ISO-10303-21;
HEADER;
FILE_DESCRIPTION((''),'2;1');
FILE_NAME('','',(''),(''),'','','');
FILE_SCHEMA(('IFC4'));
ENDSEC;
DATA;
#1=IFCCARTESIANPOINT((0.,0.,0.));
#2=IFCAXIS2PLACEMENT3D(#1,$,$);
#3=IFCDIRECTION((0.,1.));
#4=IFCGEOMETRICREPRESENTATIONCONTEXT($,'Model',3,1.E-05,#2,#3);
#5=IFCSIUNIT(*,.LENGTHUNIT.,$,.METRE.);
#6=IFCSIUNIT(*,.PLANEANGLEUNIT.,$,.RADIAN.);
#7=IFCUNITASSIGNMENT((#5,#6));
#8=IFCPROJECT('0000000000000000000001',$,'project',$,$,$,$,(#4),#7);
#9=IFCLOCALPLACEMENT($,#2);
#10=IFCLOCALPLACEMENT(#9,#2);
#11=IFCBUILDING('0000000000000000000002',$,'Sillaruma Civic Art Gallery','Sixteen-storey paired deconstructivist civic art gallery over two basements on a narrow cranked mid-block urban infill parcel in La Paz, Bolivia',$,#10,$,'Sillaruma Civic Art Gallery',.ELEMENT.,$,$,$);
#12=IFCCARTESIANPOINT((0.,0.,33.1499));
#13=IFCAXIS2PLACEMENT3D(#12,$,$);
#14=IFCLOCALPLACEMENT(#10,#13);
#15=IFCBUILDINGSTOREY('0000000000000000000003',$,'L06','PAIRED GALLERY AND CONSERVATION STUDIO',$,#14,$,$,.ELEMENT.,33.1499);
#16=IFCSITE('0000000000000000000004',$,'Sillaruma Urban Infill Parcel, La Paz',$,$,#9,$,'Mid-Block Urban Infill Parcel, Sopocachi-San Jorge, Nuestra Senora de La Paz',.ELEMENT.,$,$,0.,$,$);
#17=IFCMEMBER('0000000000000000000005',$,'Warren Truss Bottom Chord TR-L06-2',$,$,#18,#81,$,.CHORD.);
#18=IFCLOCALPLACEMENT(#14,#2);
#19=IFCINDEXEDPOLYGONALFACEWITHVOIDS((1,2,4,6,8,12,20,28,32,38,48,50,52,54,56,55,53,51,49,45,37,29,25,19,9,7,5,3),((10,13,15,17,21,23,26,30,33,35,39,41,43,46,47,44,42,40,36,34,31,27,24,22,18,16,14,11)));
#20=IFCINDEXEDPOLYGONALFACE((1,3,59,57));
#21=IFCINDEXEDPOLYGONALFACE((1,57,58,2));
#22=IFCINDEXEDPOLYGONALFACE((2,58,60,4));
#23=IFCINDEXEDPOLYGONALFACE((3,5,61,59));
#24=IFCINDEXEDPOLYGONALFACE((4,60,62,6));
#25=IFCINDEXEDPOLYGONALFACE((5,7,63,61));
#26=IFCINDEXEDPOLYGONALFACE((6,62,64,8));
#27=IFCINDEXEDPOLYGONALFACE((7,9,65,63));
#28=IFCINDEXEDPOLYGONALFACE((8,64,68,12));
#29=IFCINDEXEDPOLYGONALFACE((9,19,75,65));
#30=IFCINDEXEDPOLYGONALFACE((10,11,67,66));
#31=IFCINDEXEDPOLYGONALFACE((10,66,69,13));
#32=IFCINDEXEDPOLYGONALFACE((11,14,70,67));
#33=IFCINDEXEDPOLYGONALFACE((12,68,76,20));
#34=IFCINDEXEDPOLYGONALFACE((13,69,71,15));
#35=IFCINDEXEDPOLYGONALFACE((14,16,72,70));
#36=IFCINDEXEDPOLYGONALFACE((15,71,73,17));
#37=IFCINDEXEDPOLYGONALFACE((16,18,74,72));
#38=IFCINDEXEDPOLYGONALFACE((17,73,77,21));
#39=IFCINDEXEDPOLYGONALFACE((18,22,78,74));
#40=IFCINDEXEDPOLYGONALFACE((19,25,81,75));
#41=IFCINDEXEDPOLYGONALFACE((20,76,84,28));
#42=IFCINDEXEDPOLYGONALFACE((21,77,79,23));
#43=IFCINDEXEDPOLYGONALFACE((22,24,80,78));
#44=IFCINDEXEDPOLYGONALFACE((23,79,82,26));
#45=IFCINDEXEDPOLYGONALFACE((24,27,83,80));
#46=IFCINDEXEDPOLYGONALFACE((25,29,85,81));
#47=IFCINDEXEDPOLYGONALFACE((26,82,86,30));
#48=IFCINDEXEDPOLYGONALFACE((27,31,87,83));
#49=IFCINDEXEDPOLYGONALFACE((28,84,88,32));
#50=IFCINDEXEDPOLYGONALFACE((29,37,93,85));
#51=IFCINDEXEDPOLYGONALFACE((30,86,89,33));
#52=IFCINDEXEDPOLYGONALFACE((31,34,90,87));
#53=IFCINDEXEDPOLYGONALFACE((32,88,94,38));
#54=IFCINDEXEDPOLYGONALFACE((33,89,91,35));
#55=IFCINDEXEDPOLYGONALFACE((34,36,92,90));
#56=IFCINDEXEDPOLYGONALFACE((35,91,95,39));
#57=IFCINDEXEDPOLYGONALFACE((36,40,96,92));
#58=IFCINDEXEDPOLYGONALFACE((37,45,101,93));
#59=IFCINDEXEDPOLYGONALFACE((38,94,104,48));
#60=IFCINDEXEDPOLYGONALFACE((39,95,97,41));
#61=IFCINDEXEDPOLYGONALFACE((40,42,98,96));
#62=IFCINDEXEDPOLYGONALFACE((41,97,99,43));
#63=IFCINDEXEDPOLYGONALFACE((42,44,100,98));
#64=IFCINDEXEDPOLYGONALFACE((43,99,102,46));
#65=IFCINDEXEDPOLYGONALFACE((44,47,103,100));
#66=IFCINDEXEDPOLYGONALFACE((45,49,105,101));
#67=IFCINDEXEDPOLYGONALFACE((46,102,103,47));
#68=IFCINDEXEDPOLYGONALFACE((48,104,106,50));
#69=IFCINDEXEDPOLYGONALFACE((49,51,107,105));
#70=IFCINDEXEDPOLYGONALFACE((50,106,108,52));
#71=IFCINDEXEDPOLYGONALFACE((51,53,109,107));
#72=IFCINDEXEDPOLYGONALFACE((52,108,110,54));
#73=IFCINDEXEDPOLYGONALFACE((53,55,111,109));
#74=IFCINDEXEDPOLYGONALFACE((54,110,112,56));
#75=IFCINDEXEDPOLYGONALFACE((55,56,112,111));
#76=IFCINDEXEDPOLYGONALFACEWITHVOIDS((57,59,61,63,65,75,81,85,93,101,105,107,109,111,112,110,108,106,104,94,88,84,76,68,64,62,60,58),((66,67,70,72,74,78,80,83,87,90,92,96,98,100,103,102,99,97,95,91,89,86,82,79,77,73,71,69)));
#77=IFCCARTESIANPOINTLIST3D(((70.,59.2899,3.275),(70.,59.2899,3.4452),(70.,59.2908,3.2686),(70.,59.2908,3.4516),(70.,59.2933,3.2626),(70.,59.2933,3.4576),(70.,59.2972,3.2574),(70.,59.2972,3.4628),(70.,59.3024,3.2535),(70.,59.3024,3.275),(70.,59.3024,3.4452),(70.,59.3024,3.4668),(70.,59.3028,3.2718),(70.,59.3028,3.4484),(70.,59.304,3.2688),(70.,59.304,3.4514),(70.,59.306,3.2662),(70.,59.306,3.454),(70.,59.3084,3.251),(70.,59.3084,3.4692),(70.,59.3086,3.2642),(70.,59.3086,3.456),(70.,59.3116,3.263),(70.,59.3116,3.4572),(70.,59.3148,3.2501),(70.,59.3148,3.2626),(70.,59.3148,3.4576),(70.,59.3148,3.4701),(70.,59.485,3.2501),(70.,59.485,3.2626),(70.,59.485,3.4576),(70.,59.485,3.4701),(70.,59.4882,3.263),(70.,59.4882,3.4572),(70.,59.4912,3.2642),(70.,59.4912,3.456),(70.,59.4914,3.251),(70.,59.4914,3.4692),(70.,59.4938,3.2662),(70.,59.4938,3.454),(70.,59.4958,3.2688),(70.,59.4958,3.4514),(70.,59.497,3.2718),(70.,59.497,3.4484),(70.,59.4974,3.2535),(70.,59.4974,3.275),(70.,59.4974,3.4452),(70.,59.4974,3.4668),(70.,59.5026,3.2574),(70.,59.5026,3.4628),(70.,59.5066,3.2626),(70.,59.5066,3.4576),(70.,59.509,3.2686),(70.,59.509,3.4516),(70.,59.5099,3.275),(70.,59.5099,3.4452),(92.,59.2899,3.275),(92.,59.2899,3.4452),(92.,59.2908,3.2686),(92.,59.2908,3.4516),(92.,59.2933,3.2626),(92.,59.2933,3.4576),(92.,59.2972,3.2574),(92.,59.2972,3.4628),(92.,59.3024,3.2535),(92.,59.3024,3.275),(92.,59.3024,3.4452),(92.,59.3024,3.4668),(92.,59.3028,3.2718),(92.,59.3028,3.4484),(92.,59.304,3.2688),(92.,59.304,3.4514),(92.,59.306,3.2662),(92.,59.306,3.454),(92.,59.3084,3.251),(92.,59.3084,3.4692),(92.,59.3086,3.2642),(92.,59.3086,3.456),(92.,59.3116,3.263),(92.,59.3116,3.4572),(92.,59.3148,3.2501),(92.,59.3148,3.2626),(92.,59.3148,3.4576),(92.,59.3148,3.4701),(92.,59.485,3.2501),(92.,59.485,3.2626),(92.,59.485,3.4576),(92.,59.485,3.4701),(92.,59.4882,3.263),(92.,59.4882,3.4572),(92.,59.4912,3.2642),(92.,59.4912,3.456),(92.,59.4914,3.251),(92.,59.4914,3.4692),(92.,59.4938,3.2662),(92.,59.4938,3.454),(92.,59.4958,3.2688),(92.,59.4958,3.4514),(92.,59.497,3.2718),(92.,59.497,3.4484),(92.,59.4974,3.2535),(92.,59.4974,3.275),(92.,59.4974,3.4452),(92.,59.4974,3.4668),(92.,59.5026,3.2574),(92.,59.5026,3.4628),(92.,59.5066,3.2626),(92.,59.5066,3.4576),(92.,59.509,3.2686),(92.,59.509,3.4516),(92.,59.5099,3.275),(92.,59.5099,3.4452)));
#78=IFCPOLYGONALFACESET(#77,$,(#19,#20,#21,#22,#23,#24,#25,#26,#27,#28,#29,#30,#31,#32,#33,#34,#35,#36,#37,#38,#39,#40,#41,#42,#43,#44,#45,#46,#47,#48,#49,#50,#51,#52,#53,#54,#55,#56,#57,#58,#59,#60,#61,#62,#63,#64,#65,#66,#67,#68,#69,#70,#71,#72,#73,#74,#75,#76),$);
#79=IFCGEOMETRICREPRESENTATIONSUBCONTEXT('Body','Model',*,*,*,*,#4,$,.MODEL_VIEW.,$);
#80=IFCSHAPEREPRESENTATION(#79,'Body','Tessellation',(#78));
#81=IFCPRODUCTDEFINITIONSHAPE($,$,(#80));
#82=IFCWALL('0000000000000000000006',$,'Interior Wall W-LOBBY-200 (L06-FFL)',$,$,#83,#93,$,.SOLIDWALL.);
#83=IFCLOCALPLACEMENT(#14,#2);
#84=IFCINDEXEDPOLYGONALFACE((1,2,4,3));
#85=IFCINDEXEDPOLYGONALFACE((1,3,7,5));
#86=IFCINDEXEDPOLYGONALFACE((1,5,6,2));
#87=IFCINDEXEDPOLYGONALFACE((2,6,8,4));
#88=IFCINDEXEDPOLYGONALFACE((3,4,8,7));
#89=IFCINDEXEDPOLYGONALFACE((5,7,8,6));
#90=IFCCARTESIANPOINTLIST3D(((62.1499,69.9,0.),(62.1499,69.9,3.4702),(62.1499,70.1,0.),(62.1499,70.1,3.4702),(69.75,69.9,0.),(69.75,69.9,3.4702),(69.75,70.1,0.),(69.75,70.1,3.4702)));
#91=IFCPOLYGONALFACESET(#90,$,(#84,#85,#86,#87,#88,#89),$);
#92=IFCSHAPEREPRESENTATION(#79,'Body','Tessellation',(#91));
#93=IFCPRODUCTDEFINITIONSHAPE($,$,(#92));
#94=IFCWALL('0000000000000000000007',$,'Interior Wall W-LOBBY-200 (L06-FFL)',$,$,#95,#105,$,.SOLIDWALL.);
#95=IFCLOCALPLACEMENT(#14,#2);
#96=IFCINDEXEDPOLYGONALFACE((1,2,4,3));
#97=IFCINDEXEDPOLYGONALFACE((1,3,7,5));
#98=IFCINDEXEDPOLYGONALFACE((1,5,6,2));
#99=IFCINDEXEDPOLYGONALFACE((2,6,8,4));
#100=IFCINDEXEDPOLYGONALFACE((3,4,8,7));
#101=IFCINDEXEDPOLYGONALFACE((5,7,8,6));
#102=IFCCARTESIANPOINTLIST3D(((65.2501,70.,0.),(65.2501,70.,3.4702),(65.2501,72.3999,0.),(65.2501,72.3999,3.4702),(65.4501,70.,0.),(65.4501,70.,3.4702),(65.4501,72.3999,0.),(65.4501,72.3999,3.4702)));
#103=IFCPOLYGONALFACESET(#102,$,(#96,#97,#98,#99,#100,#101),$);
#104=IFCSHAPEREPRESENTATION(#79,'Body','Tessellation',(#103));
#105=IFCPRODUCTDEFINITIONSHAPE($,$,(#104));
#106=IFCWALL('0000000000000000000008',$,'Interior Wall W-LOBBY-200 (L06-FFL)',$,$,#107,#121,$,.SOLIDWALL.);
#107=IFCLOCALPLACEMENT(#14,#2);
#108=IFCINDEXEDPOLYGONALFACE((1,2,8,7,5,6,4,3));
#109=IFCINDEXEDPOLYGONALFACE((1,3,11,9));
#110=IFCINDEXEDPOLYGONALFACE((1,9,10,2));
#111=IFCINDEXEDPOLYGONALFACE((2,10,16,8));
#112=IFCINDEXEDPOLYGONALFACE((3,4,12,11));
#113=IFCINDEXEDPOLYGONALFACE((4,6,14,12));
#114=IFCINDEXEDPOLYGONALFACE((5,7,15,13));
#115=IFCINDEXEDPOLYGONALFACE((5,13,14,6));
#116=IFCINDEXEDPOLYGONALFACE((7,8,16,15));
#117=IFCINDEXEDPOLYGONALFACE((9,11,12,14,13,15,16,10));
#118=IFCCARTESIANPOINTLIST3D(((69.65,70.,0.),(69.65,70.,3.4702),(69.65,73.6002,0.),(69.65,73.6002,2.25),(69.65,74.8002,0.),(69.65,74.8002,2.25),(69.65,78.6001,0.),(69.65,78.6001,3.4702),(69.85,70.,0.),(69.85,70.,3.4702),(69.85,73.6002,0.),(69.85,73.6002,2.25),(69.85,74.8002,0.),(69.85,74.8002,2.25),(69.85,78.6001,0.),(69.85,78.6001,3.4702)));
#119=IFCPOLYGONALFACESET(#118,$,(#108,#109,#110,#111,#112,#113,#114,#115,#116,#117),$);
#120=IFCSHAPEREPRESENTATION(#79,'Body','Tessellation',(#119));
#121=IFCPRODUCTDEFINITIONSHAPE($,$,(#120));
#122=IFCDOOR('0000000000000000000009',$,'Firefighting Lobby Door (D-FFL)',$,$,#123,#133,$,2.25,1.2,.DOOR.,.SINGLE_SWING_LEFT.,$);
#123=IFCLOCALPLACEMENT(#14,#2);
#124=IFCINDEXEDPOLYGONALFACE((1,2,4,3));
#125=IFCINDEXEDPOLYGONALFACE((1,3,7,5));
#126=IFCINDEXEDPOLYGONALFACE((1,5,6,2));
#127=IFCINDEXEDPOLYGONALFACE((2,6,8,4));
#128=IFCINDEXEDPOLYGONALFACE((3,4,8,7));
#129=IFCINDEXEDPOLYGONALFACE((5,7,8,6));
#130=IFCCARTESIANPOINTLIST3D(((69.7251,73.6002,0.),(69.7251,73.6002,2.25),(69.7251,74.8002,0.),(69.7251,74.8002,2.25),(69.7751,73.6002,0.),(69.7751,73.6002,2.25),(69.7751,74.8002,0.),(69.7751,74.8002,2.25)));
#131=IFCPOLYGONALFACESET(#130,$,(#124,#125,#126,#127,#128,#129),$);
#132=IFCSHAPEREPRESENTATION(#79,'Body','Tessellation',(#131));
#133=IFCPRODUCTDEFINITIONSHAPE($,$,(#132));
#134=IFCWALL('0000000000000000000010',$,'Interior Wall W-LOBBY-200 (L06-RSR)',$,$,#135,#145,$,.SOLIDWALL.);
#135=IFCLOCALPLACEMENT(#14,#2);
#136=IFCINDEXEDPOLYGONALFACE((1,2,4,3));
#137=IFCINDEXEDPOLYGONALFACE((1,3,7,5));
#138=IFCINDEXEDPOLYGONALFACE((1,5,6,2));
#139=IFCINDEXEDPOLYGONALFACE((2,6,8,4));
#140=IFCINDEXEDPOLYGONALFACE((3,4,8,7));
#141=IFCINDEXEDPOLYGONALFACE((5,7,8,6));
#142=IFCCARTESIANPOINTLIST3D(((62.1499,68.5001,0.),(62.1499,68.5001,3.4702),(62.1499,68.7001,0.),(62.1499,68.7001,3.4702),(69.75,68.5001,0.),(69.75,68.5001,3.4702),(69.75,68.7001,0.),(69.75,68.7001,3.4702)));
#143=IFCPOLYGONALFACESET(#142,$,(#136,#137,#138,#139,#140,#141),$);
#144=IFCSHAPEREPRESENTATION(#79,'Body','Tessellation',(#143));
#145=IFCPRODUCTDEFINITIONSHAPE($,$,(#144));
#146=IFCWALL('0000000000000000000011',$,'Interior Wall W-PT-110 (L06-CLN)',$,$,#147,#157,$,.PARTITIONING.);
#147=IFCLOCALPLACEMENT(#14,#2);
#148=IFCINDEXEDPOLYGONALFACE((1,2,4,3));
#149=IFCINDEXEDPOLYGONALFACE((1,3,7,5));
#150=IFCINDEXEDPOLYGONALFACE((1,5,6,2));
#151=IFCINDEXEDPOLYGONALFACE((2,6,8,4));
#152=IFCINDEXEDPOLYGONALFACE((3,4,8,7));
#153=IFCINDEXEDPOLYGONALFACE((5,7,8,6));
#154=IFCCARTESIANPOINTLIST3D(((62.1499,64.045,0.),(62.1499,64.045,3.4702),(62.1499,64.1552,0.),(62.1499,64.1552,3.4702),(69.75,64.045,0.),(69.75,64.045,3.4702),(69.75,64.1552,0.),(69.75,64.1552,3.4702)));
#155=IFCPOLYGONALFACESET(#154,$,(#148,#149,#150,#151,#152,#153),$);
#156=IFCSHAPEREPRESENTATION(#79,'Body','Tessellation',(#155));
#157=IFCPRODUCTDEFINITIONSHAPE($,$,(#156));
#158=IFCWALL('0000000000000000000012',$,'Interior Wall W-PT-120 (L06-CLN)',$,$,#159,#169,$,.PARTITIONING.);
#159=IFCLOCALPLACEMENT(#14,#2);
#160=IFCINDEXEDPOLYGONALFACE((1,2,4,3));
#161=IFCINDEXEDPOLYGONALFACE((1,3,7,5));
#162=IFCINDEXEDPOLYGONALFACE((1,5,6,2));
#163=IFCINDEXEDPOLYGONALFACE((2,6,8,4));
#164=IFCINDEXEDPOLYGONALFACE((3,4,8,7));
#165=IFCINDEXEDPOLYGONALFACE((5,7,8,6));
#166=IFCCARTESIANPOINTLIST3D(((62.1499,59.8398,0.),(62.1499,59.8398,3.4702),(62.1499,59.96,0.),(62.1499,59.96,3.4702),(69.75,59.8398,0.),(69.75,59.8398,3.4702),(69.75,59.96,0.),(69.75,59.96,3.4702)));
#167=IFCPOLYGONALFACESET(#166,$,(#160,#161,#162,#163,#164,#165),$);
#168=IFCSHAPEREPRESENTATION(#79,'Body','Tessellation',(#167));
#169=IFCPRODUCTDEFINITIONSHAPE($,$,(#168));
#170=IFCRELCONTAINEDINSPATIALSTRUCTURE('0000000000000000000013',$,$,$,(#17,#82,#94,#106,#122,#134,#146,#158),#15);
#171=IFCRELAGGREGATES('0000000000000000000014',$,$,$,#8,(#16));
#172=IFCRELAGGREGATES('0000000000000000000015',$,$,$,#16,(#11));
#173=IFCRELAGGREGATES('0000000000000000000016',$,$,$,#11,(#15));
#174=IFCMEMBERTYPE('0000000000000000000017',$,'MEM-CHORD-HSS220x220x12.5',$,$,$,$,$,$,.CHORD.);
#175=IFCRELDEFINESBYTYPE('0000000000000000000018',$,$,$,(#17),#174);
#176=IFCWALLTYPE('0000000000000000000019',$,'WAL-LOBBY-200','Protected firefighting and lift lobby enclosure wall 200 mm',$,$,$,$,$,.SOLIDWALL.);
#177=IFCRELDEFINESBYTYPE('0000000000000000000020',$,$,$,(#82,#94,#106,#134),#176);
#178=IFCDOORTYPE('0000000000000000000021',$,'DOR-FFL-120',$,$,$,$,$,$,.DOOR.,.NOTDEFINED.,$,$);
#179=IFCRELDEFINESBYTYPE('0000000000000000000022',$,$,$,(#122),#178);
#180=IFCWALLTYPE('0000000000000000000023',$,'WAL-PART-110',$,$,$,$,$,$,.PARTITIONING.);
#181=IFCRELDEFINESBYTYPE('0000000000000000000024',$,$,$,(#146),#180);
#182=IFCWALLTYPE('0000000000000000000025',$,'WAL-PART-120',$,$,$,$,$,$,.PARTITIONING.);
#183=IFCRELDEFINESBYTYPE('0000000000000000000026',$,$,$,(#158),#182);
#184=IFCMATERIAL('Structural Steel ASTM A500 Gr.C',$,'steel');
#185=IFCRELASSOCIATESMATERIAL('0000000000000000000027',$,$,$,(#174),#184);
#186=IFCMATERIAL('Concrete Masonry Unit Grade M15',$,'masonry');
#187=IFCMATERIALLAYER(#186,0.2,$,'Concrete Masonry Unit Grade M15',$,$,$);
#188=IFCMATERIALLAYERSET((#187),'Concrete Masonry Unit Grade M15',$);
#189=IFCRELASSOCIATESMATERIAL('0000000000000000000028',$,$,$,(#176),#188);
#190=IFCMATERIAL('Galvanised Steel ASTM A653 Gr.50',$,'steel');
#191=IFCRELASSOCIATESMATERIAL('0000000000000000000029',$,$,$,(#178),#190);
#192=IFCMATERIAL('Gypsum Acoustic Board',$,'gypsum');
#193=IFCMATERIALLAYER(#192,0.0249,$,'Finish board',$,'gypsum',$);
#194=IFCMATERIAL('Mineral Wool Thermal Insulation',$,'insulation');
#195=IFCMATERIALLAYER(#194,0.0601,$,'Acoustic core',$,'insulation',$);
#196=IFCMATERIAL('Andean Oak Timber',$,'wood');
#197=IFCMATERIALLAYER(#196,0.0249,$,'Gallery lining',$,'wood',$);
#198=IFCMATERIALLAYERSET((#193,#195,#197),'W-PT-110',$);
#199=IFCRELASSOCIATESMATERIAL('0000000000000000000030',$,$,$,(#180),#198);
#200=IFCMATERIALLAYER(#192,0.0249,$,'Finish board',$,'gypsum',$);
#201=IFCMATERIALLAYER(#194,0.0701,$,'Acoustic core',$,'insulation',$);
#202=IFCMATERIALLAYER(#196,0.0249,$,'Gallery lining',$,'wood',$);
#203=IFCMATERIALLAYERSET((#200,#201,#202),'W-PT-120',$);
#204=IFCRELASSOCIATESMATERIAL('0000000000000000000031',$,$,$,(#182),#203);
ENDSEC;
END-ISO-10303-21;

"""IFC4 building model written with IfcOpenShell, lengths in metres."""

from ifc_helpers import new_model, si_unit, direction, frame, frame_2d, origin, origin_2d, place, context, subcontext, project, spatial, rectangle, hollow_rectangle, extrude, material, layer, layer_set, material_profile, profile_set, type_object, element, fill, save


model = new_model("IFC4")

# Units and contexts
model_context = context("Model", 3, precision=1e-05, world=origin(), true_north=direction((0.0, 1.0)))
body_context = subcontext(model_context, "Body", "Model", "MODEL_VIEW")
ifc_project = project(units=[si_unit("LENGTHUNIT", "METRE"), si_unit("PLANEANGLEUNIT", "RADIAN")], contexts=[model_context])

# Site, building, storey
site_placement = place(None, origin())
site = spatial("IfcSite", under=ifc_project, at=site_placement, Name="Sillaruma Urban Infill Parcel, La Paz", LongName="Mid-Block Urban Infill Parcel, Sopocachi-San Jorge, Nuestra Senora de La Paz", CompositionType="ELEMENT", RefElevation=0.0)
building_placement = place(site_placement, origin())
building = spatial("IfcBuilding", under=site, at=building_placement, Name="Sillaruma Civic Art Gallery", Description="Sixteen-storey paired deconstructivist civic art gallery over two basements on a narrow cranked mid-block urban infill parcel in La Paz, Bolivia", LongName="Sillaruma Civic Art Gallery", CompositionType="ELEMENT")
storey_placement = place(building_placement, frame((0.0, 0.0, 33.1499)))
storey = spatial("IfcBuildingStorey", under=building, at=storey_placement, Name="L06", Description="PAIRED GALLERY AND CONSERVATION STUDIO", CompositionType="ELEMENT", Elevation=33.1499)

# Member
ifc_material_1 = material(Name="Structural Steel ASTM A500 Gr.C", Category="steel")
ifc_material_profile_1 = material_profile(ifc_material_1, hollow_rectangle(XDim=0.22, YDim=0.22, WallThickness=0.0125, InnerFilletRadius=0.0125, OuterFilletRadius=0.0249, at=origin_2d()), Name="HSS220x220x12.5")
ifc_profile_set_1 = profile_set([ifc_material_profile_1], Name="Structural Steel ASTM A500 Gr.C")
member_type_1 = type_object("IfcMemberType", Name="MEM-CHORD-HSS220x220x12.5", PredefinedType="CHORD", material=ifc_profile_set_1)
member_1_placement = place(storey_placement, frame((70.0, 59.3999, 3.3601), z_axis=(1.0, 0.0, 0.0), x_axis=(0.0, 1.0, 0.0)))
element("IfcMember", 1, at=member_1_placement, inside=storey, type_object=member_type_1, Name="Warren Truss Bottom Chord TR-L06-2", PredefinedType="CHORD", context=body_context, shape_type="SweptSolid", body=[
    extrude(hollow_rectangle(XDim=0.22, YDim=0.22, WallThickness=0.0125, InnerFilletRadius=0.0125, OuterFilletRadius=0.0249, at=origin_2d()), origin(), (0.0, 0.0, 1.0), 22.0),
])

# Walls
ifc_material_2 = material(Name="Concrete Masonry Unit Grade M15", Category="masonry")
ifc_layer_1 = layer(ifc_material_2, 0.2, Name="Concrete Masonry Unit Grade M15")
ifc_layer_set_1 = layer_set([ifc_layer_1], Name="Concrete Masonry Unit Grade M15")
wall_type_1 = type_object("IfcWallType", Name="WAL-LOBBY-200", Description="Protected firefighting and lift lobby enclosure wall 200 mm", PredefinedType="SOLIDWALL", material=ifc_layer_set_1)
wall_1_placement = place(storey_placement, frame((62.1499, 70.0, 0.0), z_axis=(0.0, 0.0, 1.0), x_axis=(1.0, 0.0, 0.0)))
element("IfcWall", 2, at=wall_1_placement, inside=storey, type_object=wall_type_1, Name="Interior Wall W-LOBBY-200 (L06-FFL)", PredefinedType="SOLIDWALL", context=body_context, shape_type="SweptSolid", body=[
    extrude(rectangle(XDim=7.6001, YDim=0.2, at=frame_2d((3.8, 0.0))), origin(), (0.0, 0.0, 1.0), 3.4702),
])
wall_2_placement = place(storey_placement, frame((65.3501, 70.0, 0.0), z_axis=(0.0, 0.0, 1.0), x_axis=(0.0, 1.0, 0.0)))
element("IfcWall", 3, at=wall_2_placement, inside=storey, type_object=wall_type_1, Name="Interior Wall W-LOBBY-200 (L06-FFL)", PredefinedType="SOLIDWALL", context=body_context, shape_type="SweptSolid", body=[
    extrude(rectangle(XDim=2.3999, YDim=0.2, at=frame_2d((1.2, 0.0))), origin(), (0.0, 0.0, 1.0), 3.4702),
])

# Wall, opening, door
wall_3_placement = place(storey_placement, frame((69.75, 70.0, 0.0), z_axis=(0.0, 0.0, 1.0), x_axis=(0.0, 1.0, 0.0)))
wall_3 = element("IfcWall", 4, at=wall_3_placement, inside=storey, type_object=wall_type_1, Name="Interior Wall W-LOBBY-200 (L06-FFL)", PredefinedType="SOLIDWALL", context=body_context, shape_type="SweptSolid", body=[
    extrude(rectangle(XDim=8.6001, YDim=0.2, at=frame_2d((4.3, 0.0))), origin(), (0.0, 0.0, 1.0), 3.4702),
])
opening_1_placement = place(wall_3_placement, frame((3.6001, 0.0, 0.0)))
opening_1 = element("IfcOpeningElement", 5, at=opening_1_placement, cuts=wall_3, PredefinedType="OPENING", context=body_context, shape_type="SweptSolid", body=[
    extrude(rectangle(XDim=1.2, YDim=2.25, at=frame_2d((0.6001, 1.125))), frame((0.0, 0.1099, 0.0), z_axis=(0.0, -1.0, 0.0), x_axis=(1.0, 0.0, 0.0)), (0.0, 0.0, 1.0), 0.22),
])
ifc_material_3 = material(Name="Galvanised Steel ASTM A653 Gr.50", Category="steel")
door_type_1 = type_object("IfcDoorType", Name="DOR-FFL-120", OperationType="NOTDEFINED", PredefinedType="DOOR", material=ifc_material_3)
door_1_placement = place(opening_1_placement, origin())
door_1 = element("IfcDoor", 6, at=door_1_placement, inside=storey, type_object=door_type_1, Name="Firefighting Lobby Door (D-FFL)", OperationType="SINGLE_SWING_LEFT", OverallHeight=2.25, OverallWidth=1.2, PredefinedType="DOOR", context=body_context, shape_type="SweptSolid", body=[
    extrude(rectangle(XDim=1.2, YDim=2.25, at=frame_2d((0.6001, 1.125))), frame((0.0, 0.0249, 0.0), z_axis=(0.0, -1.0, 0.0), x_axis=(1.0, 0.0, 0.0)), (0.0, 0.0, 1.0), 0.05),
])
fill(opening_1, door_1)

# Wall
wall_4_placement = place(storey_placement, frame((62.1499, 68.6001, 0.0), z_axis=(0.0, 0.0, 1.0), x_axis=(1.0, 0.0, 0.0)))
element("IfcWall", 7, at=wall_4_placement, inside=storey, type_object=wall_type_1, Name="Interior Wall W-LOBBY-200 (L06-RSR)", PredefinedType="SOLIDWALL", context=body_context, shape_type="SweptSolid", body=[
    extrude(rectangle(XDim=7.6001, YDim=0.2, at=frame_2d((3.8, 0.0))), origin(), (0.0, 0.0, 1.0), 3.4702),
])

# Walls
ifc_material_4 = material(Name="Gypsum Acoustic Board", Category="gypsum")
ifc_layer_2 = layer(ifc_material_4, 0.0249, Name="Finish board", Category="gypsum")
ifc_material_5 = material(Name="Mineral Wool Thermal Insulation", Category="insulation")
ifc_layer_3 = layer(ifc_material_5, 0.0601, Name="Acoustic core", Category="insulation")
ifc_material_6 = material(Name="Andean Oak Timber", Category="wood")
ifc_layer_4 = layer(ifc_material_6, 0.0249, Name="Gallery lining", Category="wood")
ifc_layer_set_2 = layer_set([ifc_layer_2, ifc_layer_3, ifc_layer_4], Name="W-PT-110")
wall_type_2 = type_object("IfcWallType", Name="WAL-PART-110", PredefinedType="PARTITIONING", material=ifc_layer_set_2)
wall_5_placement = place(storey_placement, frame((62.1499, 64.1001, 0.0), z_axis=(0.0, 0.0, 1.0), x_axis=(1.0, 0.0, 0.0)))
element("IfcWall", 8, at=wall_5_placement, inside=storey, type_object=wall_type_2, Name="Interior Wall W-PT-110 (L06-CLN)", PredefinedType="PARTITIONING", context=body_context, shape_type="SweptSolid", body=[
    extrude(rectangle(XDim=7.6001, YDim=0.1101, at=frame_2d((3.8, 0.0))), origin(), (0.0, 0.0, 1.0), 3.4702),
])
ifc_layer_5 = layer(ifc_material_4, 0.0249, Name="Finish board", Category="gypsum")
ifc_layer_6 = layer(ifc_material_5, 0.0701, Name="Acoustic core", Category="insulation")
ifc_layer_7 = layer(ifc_material_6, 0.0249, Name="Gallery lining", Category="wood")
ifc_layer_set_3 = layer_set([ifc_layer_5, ifc_layer_6, ifc_layer_7], Name="W-PT-120")
wall_type_3 = type_object("IfcWallType", Name="WAL-PART-120", PredefinedType="PARTITIONING", material=ifc_layer_set_3)
wall_6_placement = place(storey_placement, frame((62.1499, 59.8999, 0.0), z_axis=(0.0, 0.0, 1.0), x_axis=(1.0, 0.0, 0.0)))
element("IfcWall", 9, at=wall_6_placement, inside=storey, type_object=wall_type_3, Name="Interior Wall W-PT-120 (L06-CLN)", PredefinedType="PARTITIONING", context=body_context, shape_type="SweptSolid", body=[
    extrude(rectangle(XDim=7.6001, YDim=0.1201, at=frame_2d((3.8, 0.0))), origin(), (0.0, 0.0, 1.0), 3.4702),
])

save(model, "model.ifc")
